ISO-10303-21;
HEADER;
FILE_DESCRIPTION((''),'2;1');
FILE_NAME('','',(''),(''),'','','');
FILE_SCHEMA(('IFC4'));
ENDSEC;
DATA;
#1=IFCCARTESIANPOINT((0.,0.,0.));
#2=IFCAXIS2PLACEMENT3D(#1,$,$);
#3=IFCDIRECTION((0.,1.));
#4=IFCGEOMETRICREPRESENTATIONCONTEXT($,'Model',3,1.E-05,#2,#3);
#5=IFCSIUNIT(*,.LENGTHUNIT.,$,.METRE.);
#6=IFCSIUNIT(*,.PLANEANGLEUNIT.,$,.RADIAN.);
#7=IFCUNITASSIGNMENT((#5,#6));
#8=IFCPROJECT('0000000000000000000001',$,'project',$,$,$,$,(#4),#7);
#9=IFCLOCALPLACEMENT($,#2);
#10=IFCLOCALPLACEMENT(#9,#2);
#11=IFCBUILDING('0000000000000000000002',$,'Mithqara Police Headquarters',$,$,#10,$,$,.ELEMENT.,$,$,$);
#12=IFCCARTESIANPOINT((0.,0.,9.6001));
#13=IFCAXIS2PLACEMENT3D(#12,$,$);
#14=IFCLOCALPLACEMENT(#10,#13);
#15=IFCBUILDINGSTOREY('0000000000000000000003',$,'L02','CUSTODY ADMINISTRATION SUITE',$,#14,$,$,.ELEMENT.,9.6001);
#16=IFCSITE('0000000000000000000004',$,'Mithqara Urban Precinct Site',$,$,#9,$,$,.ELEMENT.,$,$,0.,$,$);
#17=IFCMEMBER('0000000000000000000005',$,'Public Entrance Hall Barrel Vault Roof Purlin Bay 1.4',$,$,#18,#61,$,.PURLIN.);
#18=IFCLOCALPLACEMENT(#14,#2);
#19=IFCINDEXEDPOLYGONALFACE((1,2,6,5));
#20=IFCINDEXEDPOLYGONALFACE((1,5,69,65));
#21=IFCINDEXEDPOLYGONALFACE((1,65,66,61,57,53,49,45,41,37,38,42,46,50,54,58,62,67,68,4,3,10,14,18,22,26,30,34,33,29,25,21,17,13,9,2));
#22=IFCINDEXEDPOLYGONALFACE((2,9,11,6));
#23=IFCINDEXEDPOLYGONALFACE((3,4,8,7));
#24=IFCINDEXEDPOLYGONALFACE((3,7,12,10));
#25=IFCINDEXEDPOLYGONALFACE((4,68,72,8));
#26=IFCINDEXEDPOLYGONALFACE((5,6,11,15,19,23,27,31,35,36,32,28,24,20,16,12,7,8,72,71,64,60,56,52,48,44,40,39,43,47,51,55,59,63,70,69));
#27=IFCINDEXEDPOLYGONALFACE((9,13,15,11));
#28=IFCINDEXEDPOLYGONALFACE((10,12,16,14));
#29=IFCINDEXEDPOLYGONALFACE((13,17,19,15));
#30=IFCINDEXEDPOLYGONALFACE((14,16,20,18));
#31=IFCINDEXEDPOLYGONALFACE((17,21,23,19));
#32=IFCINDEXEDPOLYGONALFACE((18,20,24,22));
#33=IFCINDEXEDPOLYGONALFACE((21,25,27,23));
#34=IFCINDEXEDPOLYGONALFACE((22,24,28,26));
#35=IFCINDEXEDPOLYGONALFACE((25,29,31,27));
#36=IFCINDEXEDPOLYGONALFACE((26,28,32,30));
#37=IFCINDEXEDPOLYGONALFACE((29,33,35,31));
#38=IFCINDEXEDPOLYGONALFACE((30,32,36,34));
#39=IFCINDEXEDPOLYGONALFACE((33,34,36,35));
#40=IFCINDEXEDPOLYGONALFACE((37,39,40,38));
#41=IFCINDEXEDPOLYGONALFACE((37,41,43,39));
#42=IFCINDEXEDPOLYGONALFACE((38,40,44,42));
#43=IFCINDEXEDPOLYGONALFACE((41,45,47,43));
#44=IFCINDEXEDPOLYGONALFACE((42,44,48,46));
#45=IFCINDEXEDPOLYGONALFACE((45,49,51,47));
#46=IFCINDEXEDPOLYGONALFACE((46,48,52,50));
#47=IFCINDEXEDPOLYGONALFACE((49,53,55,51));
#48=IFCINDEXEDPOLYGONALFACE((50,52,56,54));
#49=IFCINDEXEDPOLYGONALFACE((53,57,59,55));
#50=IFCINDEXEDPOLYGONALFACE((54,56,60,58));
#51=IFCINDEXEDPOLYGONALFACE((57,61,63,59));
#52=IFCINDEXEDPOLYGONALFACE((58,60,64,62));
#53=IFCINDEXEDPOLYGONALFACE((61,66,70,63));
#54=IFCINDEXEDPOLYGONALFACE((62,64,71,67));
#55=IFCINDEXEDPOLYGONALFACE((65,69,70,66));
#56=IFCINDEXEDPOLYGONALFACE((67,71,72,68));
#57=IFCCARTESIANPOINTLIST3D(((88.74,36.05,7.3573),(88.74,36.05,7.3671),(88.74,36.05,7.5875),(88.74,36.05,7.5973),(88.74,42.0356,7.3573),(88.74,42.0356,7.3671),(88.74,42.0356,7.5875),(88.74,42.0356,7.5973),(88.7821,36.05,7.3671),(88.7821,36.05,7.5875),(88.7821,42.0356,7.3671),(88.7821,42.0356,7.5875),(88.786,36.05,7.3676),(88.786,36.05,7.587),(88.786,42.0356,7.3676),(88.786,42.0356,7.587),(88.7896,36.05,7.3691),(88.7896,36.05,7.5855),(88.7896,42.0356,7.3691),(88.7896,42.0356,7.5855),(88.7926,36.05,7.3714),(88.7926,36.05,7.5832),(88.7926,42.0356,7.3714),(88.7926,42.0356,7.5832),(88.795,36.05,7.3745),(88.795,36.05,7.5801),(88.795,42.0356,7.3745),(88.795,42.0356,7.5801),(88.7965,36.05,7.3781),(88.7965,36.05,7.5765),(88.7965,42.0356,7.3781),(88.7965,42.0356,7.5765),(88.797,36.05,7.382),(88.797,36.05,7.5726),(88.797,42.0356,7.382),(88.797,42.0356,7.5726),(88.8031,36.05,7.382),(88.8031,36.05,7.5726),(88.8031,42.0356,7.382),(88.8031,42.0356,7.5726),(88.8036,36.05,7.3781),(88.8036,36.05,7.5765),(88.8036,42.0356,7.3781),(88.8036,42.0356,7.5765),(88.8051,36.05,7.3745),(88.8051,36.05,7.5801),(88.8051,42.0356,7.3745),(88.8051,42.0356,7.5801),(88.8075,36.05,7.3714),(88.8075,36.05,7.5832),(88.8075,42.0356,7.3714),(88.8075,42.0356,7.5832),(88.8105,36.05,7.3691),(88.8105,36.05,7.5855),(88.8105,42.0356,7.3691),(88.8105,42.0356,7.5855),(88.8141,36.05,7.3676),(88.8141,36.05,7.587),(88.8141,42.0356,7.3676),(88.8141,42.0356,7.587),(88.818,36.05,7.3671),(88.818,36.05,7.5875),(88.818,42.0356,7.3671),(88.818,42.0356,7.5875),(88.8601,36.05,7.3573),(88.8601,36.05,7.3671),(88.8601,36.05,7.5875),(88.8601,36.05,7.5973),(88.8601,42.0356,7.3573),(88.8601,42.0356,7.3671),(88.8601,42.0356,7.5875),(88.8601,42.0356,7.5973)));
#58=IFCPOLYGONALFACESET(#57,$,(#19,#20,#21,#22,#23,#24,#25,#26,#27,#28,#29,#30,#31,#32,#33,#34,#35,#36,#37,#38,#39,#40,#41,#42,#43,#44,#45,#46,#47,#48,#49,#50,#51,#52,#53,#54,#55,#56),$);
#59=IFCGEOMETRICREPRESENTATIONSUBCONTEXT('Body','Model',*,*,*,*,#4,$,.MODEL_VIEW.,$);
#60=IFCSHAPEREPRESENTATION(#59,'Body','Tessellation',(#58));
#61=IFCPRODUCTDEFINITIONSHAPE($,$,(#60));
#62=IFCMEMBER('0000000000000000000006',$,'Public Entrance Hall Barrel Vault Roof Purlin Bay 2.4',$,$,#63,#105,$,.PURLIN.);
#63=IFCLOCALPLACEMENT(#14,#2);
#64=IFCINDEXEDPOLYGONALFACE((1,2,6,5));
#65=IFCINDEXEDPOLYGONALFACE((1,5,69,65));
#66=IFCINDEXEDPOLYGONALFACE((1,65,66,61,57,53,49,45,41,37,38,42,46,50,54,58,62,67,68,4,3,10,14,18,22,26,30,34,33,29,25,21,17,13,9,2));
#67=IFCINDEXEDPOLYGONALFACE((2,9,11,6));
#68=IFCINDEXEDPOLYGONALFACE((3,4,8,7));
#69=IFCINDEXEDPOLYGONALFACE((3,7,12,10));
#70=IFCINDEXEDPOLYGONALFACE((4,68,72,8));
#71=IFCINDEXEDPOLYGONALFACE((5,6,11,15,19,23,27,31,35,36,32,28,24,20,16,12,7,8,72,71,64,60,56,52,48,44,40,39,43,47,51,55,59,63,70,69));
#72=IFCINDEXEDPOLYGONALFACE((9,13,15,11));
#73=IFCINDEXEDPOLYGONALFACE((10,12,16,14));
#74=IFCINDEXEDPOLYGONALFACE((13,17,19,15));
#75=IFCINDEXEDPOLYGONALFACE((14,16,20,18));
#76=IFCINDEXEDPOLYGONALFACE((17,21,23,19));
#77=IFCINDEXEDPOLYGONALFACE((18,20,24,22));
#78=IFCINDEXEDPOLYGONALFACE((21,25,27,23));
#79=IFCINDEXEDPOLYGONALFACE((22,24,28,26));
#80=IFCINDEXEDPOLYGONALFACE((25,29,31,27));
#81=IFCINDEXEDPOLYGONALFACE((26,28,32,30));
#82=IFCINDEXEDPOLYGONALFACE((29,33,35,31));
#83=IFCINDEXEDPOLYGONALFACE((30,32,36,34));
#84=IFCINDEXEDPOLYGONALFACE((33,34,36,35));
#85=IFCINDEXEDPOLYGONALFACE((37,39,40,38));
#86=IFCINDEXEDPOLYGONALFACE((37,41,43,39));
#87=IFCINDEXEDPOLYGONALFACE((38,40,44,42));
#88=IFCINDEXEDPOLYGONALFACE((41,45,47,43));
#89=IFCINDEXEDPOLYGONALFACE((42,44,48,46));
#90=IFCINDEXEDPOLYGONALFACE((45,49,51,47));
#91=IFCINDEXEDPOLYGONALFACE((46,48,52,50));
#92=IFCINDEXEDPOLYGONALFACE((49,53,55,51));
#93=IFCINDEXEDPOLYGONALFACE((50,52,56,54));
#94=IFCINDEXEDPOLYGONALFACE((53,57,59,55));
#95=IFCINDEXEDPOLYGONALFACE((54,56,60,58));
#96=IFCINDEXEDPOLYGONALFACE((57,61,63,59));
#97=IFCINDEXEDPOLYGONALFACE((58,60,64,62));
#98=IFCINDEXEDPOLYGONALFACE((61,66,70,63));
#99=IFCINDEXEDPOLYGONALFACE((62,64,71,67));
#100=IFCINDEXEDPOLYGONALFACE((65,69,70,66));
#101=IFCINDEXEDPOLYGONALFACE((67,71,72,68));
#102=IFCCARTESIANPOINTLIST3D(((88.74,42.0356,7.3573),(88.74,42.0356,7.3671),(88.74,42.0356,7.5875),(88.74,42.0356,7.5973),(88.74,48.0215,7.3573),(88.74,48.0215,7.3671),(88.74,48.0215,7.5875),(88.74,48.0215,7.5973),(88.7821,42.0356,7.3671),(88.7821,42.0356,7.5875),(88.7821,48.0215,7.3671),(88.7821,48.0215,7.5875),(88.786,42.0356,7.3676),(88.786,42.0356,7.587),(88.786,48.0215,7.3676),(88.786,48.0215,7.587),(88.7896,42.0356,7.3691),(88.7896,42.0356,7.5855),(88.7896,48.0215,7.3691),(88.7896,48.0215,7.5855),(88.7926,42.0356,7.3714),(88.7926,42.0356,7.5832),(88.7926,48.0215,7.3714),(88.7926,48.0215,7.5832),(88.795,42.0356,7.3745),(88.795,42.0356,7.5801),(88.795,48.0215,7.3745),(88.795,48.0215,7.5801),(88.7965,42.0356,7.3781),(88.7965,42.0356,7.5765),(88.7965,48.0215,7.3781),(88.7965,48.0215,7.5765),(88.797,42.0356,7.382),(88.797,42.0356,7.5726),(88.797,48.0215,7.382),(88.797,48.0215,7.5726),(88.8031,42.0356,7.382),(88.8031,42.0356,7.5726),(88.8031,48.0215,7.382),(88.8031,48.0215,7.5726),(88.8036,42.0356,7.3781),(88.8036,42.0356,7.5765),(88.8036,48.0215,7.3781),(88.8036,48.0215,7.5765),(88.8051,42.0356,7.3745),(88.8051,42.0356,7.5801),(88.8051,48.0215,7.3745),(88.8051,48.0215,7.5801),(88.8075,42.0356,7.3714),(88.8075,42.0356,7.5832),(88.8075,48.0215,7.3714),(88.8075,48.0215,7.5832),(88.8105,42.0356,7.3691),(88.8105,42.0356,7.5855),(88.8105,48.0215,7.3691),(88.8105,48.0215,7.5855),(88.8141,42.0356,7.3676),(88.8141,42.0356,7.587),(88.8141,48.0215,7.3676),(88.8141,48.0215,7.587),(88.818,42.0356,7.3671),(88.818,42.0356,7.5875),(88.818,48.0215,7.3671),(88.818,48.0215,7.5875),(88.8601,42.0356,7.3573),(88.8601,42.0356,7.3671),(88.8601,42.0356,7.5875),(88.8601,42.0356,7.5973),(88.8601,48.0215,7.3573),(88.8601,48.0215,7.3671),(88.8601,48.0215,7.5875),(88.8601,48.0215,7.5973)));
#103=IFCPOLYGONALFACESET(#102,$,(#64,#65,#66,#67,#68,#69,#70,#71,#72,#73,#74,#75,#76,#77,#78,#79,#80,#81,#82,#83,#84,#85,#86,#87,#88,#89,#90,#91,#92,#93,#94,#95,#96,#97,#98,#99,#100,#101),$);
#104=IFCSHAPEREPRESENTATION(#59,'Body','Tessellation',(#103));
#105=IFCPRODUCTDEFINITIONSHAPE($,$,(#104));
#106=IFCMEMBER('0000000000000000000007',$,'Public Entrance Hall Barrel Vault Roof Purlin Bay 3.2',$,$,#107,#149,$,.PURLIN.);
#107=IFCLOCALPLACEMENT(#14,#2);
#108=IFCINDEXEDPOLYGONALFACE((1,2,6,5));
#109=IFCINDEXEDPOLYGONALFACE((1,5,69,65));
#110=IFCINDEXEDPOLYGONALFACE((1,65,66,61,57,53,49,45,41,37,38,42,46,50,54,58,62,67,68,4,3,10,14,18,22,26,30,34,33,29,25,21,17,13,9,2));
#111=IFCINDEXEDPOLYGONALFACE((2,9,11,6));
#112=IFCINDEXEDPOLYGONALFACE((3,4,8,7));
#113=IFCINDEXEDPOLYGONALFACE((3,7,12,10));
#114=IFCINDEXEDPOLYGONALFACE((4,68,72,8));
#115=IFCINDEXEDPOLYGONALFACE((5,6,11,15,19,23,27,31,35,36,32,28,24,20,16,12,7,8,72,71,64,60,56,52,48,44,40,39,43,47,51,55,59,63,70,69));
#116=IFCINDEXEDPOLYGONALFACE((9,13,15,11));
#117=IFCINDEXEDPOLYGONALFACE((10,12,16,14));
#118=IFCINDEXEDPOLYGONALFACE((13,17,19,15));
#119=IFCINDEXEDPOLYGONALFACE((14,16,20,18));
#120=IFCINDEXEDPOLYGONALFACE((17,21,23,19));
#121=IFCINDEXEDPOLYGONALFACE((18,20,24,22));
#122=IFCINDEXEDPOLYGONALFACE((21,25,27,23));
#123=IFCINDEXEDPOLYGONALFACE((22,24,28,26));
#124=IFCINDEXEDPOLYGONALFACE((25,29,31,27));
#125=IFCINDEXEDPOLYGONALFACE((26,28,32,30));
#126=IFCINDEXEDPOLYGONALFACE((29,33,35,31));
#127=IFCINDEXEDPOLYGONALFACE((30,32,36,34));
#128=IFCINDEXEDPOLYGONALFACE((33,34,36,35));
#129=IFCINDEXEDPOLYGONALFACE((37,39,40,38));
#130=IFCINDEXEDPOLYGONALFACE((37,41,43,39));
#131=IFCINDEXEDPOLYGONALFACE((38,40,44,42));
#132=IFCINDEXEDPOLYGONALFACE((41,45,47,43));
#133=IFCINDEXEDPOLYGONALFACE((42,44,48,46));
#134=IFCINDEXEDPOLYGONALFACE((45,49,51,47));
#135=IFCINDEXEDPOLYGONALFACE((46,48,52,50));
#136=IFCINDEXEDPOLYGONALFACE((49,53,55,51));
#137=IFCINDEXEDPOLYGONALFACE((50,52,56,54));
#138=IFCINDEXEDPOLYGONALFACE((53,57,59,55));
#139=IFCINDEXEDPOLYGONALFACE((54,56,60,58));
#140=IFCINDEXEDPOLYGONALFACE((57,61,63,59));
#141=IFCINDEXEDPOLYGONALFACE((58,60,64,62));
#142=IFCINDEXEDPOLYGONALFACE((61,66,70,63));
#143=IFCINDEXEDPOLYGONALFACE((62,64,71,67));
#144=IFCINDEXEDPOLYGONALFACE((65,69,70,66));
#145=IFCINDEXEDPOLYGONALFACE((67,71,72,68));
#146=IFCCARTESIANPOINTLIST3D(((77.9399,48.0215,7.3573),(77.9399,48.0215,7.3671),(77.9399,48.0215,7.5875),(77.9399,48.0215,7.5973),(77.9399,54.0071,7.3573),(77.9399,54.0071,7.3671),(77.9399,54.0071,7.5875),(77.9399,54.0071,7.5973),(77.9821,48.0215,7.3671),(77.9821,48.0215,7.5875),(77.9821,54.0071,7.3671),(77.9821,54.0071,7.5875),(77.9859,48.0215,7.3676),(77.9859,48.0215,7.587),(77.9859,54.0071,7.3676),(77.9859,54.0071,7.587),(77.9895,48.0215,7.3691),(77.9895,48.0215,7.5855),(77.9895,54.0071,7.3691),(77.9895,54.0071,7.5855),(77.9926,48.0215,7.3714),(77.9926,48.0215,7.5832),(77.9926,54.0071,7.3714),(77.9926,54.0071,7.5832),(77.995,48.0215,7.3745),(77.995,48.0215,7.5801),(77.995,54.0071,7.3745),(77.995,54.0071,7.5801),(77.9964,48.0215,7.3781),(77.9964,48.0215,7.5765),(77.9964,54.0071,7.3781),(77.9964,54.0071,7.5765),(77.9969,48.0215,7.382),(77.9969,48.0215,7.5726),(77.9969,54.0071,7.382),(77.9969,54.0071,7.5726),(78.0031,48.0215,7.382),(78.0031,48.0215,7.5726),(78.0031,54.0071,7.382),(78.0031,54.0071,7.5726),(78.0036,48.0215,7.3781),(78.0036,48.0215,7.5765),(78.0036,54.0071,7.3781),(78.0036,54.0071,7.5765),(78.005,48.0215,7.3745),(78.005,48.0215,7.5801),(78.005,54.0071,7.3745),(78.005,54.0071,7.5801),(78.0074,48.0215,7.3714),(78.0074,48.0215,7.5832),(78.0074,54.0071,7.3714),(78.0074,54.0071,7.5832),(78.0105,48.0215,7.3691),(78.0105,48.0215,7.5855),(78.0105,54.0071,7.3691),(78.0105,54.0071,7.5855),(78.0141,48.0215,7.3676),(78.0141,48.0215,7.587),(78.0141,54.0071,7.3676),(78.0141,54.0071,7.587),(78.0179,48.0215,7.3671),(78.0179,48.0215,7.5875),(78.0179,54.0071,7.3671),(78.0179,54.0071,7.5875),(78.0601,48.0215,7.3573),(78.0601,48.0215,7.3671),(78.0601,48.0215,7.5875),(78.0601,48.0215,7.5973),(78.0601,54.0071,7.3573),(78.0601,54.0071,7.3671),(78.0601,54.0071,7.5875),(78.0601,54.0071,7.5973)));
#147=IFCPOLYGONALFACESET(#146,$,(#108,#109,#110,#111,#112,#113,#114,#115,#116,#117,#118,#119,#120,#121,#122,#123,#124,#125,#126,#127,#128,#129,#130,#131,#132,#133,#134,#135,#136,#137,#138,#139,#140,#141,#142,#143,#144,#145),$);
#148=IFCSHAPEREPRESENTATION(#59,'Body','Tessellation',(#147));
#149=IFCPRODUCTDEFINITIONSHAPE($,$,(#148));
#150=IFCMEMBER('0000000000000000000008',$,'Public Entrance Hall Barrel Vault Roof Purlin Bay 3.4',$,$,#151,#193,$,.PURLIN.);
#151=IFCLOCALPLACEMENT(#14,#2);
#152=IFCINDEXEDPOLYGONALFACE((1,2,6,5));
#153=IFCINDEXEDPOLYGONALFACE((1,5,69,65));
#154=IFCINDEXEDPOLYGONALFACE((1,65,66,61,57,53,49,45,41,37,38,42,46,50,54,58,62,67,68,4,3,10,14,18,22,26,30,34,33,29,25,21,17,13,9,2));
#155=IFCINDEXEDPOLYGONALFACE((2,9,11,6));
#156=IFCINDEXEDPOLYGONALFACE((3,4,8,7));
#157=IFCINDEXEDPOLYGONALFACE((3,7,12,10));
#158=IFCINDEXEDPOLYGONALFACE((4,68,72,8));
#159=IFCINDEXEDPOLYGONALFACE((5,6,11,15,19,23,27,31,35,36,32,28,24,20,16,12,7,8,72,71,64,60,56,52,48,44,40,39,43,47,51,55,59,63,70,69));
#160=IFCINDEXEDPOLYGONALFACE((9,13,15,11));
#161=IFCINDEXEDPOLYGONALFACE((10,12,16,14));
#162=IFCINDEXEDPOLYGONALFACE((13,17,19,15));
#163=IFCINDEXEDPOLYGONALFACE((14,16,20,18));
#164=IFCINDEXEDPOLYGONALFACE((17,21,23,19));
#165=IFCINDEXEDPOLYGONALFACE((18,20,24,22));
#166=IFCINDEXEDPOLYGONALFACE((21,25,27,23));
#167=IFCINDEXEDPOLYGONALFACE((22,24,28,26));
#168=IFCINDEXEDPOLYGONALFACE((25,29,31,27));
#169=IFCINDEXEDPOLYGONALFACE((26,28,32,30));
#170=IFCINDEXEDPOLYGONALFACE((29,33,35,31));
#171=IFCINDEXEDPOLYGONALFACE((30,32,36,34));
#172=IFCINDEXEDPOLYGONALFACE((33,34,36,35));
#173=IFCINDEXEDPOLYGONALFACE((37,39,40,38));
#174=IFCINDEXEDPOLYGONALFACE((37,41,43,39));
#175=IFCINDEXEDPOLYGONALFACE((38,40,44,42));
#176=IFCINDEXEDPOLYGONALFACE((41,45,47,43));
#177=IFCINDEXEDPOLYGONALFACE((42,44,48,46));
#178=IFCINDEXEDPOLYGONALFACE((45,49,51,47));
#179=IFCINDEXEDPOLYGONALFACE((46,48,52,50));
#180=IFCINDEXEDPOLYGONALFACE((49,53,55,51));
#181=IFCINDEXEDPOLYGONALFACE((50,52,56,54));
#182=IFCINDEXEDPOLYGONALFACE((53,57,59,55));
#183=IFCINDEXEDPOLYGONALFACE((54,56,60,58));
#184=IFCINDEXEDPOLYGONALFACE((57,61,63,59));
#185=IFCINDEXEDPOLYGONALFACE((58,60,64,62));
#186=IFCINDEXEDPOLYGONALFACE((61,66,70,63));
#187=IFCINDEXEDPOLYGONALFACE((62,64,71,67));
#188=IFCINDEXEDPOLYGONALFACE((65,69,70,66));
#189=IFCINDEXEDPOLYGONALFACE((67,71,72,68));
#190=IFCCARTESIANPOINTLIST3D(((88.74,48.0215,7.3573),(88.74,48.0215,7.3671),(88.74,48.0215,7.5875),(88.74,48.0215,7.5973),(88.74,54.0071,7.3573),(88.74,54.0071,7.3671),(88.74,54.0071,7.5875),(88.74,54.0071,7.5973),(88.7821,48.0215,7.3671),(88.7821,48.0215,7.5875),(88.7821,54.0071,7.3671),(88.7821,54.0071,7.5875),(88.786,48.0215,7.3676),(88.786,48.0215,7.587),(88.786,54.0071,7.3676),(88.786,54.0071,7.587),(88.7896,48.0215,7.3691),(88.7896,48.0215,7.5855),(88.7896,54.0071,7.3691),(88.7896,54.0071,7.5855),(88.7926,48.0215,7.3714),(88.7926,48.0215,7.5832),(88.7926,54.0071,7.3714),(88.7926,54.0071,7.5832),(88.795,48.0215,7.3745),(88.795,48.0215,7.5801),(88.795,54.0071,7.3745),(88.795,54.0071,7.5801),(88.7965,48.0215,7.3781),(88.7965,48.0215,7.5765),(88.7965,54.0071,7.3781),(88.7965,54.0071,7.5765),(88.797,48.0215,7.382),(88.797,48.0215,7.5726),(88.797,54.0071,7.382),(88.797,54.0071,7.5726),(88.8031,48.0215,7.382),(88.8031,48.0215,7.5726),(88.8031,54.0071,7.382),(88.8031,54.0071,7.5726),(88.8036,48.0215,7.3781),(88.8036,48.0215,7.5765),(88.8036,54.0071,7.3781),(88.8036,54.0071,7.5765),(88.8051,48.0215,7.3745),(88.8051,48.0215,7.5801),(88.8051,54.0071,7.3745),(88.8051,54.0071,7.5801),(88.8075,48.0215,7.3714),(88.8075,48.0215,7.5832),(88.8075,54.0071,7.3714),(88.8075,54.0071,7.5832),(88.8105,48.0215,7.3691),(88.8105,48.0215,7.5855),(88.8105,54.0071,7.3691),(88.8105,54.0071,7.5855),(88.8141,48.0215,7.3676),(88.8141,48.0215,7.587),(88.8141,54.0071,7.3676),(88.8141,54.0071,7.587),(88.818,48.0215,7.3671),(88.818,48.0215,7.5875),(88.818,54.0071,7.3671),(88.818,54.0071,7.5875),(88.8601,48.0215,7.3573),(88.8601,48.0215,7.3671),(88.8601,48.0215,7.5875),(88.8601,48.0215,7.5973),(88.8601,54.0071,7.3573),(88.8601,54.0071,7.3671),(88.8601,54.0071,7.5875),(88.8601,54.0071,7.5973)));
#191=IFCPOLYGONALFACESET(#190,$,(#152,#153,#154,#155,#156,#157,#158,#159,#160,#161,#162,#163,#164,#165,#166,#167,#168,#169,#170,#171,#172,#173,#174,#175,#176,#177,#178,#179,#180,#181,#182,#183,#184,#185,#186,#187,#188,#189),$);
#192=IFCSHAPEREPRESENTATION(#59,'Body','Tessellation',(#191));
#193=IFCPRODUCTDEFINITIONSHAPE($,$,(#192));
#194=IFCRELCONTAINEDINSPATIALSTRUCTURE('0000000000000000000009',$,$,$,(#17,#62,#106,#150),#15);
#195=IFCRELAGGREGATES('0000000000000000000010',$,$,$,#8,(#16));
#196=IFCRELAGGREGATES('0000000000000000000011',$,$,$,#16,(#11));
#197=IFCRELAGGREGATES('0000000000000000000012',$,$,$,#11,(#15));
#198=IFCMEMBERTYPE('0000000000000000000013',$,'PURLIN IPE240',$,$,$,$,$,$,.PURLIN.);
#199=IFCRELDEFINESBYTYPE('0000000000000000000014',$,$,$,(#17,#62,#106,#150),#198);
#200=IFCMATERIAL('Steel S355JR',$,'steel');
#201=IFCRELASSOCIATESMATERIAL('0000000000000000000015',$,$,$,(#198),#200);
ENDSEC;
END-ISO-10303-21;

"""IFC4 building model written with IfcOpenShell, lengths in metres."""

from ifc_helpers import new_model, si_unit, direction, frame, origin, origin_2d, place, context, subcontext, project, spatial, i_section, extrude, material, material_profile, profile_set, type_object, element, save


model = new_model("IFC4")

# Units and contexts
model_context = context("Model", 3, precision=1e-05, world=origin(), true_north=direction((0.0, 1.0)))
body_context = subcontext(model_context, "Body", "Model", "MODEL_VIEW")
ifc_project = project(units=[si_unit("LENGTHUNIT", "METRE"), si_unit("PLANEANGLEUNIT", "RADIAN")], contexts=[model_context])

# Site, building, storey
site_placement = place(None, origin())
site = spatial("IfcSite", under=ifc_project, at=site_placement, Name="Mithqara Urban Precinct Site", CompositionType="ELEMENT", RefElevation=0.0)
building_placement = place(site_placement, origin())
building = spatial("IfcBuilding", under=site, at=building_placement, Name="Mithqara Police Headquarters", CompositionType="ELEMENT")
storey_placement = place(building_placement, frame((0.0, 0.0, 9.6001)))
storey = spatial("IfcBuildingStorey", under=building, at=storey_placement, Name="L02", Description="CUSTODY ADMINISTRATION SUITE", CompositionType="ELEMENT", Elevation=9.6001)

# Members
ifc_material_1 = material(Name="Steel S355JR", Category="steel")
ifc_material_profile_1 = material_profile(ifc_material_1, i_section(OverallWidth=0.1201, OverallDepth=0.24, WebThickness=0.0061, FlangeThickness=0.0098, FilletRadius=0.0149, at=origin_2d()), Name="IPE 240")
ifc_profile_set_1 = profile_set([ifc_material_profile_1], Name="Steel S355JR")
member_type_1 = type_object("IfcMemberType", Name="PURLIN IPE240", PredefinedType="PURLIN", material=ifc_profile_set_1)
member_1_placement = place(storey_placement, frame((88.8, 36.05, 7.4773), z_axis=(0.0, 1.0, 0.0), x_axis=(-1.0, 0.0, 0.0)))
element("IfcMember", 1, at=member_1_placement, inside=storey, type_object=member_type_1, Name="Public Entrance Hall Barrel Vault Roof Purlin Bay 1.4", PredefinedType="PURLIN", context=body_context, shape_type="SweptSolid", body=[
    extrude(i_section(OverallWidth=0.1201, OverallDepth=0.24, WebThickness=0.0061, FlangeThickness=0.0098, FilletRadius=0.0149, at=origin_2d()), origin(), (0.0, 0.0, 1.0), 5.9856),
])
member_2_placement = place(storey_placement, frame((88.8, 42.0356, 7.4773), z_axis=(0.0, 1.0, 0.0), x_axis=(-1.0, 0.0, 0.0)))
element("IfcMember", 2, at=member_2_placement, inside=storey, type_object=member_type_1, Name="Public Entrance Hall Barrel Vault Roof Purlin Bay 2.4", PredefinedType="PURLIN", context=body_context, shape_type="SweptSolid", body=[
    extrude(i_section(OverallWidth=0.1201, OverallDepth=0.24, WebThickness=0.0061, FlangeThickness=0.0098, FilletRadius=0.0149, at=origin_2d()), origin(), (0.0, 0.0, 1.0), 5.9858),
])
for number, where, z_axis, x_axis, name in (
    (3, (78.0, 48.0215, 7.4773), (0.0, 1.0, 0.0), (-1.0, 0.0, 0.0), "Public Entrance Hall Barrel Vault Roof Purlin Bay 3.2"),
    (4, (88.8, 48.0215, 7.4773), (0.0, 1.0, 0.0), (-1.0, 0.0, 0.0), "Public Entrance Hall Barrel Vault Roof Purlin Bay 3.4"),
):
    element("IfcMember", number, at=place(storey_placement, frame(where, z_axis=z_axis, x_axis=x_axis)), inside=storey, type_object=member_type_1, Name=name, PredefinedType="PURLIN", context=body_context, shape_type="SweptSolid", body=[
        extrude(i_section(OverallWidth=0.1201, OverallDepth=0.24, WebThickness=0.0061, FlangeThickness=0.0098, FilletRadius=0.0149, at=origin_2d()), origin(), (0.0, 0.0, 1.0), 5.9856),
    ])

save(model, "model.ifc")
